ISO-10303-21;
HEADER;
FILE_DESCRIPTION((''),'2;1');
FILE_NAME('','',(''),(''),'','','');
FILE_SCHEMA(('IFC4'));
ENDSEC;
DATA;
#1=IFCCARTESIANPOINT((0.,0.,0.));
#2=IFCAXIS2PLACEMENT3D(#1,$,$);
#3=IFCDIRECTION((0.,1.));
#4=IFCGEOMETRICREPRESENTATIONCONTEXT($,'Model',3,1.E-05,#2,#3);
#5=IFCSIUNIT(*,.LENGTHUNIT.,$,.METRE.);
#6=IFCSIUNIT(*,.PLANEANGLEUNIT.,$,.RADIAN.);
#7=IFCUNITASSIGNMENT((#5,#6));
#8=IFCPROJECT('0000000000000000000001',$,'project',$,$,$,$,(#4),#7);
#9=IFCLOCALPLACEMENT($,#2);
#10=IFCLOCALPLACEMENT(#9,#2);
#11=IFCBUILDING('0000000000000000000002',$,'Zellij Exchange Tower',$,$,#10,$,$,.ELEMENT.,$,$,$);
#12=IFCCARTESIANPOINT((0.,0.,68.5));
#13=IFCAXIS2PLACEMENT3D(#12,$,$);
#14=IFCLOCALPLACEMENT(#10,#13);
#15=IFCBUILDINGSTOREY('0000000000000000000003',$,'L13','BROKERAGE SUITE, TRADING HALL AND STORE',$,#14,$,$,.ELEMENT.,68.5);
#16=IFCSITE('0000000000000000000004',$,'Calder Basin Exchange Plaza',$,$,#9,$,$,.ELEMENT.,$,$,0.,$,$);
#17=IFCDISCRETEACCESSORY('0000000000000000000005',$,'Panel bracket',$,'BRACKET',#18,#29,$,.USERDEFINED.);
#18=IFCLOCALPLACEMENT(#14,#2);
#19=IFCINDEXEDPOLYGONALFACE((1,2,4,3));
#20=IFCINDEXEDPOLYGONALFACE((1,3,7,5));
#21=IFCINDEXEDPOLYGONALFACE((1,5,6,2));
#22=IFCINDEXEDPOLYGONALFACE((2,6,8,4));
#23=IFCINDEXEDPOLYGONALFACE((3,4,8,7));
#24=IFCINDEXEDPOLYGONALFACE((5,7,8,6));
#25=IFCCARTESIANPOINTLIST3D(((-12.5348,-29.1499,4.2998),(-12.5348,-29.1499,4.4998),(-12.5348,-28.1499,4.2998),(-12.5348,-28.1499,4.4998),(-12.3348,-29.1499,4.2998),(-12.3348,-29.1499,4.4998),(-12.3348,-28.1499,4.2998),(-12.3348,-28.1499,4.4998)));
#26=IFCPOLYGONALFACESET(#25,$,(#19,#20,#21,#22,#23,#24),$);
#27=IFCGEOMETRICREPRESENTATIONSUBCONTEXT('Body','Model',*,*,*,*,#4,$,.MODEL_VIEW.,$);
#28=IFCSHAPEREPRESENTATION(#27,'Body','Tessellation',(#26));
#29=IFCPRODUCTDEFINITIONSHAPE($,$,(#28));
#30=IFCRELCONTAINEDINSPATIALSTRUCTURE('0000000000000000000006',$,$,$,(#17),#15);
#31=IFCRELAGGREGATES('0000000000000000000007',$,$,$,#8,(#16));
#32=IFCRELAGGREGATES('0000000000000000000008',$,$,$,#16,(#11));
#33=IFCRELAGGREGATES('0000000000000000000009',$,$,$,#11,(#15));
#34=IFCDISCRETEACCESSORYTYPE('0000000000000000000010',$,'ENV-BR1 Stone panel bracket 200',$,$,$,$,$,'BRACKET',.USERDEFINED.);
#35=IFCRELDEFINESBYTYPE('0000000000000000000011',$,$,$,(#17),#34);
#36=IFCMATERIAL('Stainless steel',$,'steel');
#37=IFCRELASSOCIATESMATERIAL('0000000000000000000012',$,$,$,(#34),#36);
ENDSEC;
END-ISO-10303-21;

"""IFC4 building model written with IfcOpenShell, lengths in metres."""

from ifc_helpers import new_model, si_unit, direction, frame, origin, origin_2d, place, context, subcontext, project, spatial, rectangle, extrude, material, type_object, element, save


model = new_model("IFC4")

# Units and contexts
model_context = context("Model", 3, precision=1e-05, world=origin(), true_north=direction((0.0, 1.0)))
body_context = subcontext(model_context, "Body", "Model", "MODEL_VIEW")
ifc_project = project(units=[si_unit("LENGTHUNIT", "METRE"), si_unit("PLANEANGLEUNIT", "RADIAN")], contexts=[model_context])

# Site, building, storey
site_placement = place(None, origin())
site = spatial("IfcSite", under=ifc_project, at=site_placement, Name="Calder Basin Exchange Plaza", CompositionType="ELEMENT", RefElevation=0.0)
building_placement = place(site_placement, origin())
building = spatial("IfcBuilding", under=site, at=building_placement, Name="Zellij Exchange Tower", CompositionType="ELEMENT")
storey_placement = place(building_placement, frame((0.0, 0.0, 68.5)))
storey = spatial("IfcBuildingStorey", under=building, at=storey_placement, Name="L13", Description="BROKERAGE SUITE, TRADING HALL AND STORE", CompositionType="ELEMENT", Elevation=68.5)

# Shared definitions
ifc_material_1 = material(Name="Stainless steel", Category="steel")

# Discrete accessory
discrete_accessory_type = type_object("IfcDiscreteAccessoryType", Name="ENV-BR1 Stone panel bracket 200", ElementType="BRACKET", PredefinedType="USERDEFINED", material=ifc_material_1)
for number, where, z_axis, x_axis, name in (
    (1, (-12.4348, -28.6499, 4.2998), (0.0, 0.0, 1.0), (1.0, 0.0, 0.0), "Panel bracket"),
):
    element("IfcDiscreteAccessory", number, at=place(storey_placement, frame(where, z_axis=z_axis, x_axis=x_axis)), inside=storey, type_object=discrete_accessory_type, Name=name, ObjectType="BRACKET", PredefinedType="USERDEFINED", context=body_context, shape_type="SweptSolid", body=[
        extrude(rectangle(XDim=0.2, YDim=1.0, at=origin_2d()), origin(), (0.0, 0.0, 1.0), 0.2),
    ])

save(model, "model.ifc")
